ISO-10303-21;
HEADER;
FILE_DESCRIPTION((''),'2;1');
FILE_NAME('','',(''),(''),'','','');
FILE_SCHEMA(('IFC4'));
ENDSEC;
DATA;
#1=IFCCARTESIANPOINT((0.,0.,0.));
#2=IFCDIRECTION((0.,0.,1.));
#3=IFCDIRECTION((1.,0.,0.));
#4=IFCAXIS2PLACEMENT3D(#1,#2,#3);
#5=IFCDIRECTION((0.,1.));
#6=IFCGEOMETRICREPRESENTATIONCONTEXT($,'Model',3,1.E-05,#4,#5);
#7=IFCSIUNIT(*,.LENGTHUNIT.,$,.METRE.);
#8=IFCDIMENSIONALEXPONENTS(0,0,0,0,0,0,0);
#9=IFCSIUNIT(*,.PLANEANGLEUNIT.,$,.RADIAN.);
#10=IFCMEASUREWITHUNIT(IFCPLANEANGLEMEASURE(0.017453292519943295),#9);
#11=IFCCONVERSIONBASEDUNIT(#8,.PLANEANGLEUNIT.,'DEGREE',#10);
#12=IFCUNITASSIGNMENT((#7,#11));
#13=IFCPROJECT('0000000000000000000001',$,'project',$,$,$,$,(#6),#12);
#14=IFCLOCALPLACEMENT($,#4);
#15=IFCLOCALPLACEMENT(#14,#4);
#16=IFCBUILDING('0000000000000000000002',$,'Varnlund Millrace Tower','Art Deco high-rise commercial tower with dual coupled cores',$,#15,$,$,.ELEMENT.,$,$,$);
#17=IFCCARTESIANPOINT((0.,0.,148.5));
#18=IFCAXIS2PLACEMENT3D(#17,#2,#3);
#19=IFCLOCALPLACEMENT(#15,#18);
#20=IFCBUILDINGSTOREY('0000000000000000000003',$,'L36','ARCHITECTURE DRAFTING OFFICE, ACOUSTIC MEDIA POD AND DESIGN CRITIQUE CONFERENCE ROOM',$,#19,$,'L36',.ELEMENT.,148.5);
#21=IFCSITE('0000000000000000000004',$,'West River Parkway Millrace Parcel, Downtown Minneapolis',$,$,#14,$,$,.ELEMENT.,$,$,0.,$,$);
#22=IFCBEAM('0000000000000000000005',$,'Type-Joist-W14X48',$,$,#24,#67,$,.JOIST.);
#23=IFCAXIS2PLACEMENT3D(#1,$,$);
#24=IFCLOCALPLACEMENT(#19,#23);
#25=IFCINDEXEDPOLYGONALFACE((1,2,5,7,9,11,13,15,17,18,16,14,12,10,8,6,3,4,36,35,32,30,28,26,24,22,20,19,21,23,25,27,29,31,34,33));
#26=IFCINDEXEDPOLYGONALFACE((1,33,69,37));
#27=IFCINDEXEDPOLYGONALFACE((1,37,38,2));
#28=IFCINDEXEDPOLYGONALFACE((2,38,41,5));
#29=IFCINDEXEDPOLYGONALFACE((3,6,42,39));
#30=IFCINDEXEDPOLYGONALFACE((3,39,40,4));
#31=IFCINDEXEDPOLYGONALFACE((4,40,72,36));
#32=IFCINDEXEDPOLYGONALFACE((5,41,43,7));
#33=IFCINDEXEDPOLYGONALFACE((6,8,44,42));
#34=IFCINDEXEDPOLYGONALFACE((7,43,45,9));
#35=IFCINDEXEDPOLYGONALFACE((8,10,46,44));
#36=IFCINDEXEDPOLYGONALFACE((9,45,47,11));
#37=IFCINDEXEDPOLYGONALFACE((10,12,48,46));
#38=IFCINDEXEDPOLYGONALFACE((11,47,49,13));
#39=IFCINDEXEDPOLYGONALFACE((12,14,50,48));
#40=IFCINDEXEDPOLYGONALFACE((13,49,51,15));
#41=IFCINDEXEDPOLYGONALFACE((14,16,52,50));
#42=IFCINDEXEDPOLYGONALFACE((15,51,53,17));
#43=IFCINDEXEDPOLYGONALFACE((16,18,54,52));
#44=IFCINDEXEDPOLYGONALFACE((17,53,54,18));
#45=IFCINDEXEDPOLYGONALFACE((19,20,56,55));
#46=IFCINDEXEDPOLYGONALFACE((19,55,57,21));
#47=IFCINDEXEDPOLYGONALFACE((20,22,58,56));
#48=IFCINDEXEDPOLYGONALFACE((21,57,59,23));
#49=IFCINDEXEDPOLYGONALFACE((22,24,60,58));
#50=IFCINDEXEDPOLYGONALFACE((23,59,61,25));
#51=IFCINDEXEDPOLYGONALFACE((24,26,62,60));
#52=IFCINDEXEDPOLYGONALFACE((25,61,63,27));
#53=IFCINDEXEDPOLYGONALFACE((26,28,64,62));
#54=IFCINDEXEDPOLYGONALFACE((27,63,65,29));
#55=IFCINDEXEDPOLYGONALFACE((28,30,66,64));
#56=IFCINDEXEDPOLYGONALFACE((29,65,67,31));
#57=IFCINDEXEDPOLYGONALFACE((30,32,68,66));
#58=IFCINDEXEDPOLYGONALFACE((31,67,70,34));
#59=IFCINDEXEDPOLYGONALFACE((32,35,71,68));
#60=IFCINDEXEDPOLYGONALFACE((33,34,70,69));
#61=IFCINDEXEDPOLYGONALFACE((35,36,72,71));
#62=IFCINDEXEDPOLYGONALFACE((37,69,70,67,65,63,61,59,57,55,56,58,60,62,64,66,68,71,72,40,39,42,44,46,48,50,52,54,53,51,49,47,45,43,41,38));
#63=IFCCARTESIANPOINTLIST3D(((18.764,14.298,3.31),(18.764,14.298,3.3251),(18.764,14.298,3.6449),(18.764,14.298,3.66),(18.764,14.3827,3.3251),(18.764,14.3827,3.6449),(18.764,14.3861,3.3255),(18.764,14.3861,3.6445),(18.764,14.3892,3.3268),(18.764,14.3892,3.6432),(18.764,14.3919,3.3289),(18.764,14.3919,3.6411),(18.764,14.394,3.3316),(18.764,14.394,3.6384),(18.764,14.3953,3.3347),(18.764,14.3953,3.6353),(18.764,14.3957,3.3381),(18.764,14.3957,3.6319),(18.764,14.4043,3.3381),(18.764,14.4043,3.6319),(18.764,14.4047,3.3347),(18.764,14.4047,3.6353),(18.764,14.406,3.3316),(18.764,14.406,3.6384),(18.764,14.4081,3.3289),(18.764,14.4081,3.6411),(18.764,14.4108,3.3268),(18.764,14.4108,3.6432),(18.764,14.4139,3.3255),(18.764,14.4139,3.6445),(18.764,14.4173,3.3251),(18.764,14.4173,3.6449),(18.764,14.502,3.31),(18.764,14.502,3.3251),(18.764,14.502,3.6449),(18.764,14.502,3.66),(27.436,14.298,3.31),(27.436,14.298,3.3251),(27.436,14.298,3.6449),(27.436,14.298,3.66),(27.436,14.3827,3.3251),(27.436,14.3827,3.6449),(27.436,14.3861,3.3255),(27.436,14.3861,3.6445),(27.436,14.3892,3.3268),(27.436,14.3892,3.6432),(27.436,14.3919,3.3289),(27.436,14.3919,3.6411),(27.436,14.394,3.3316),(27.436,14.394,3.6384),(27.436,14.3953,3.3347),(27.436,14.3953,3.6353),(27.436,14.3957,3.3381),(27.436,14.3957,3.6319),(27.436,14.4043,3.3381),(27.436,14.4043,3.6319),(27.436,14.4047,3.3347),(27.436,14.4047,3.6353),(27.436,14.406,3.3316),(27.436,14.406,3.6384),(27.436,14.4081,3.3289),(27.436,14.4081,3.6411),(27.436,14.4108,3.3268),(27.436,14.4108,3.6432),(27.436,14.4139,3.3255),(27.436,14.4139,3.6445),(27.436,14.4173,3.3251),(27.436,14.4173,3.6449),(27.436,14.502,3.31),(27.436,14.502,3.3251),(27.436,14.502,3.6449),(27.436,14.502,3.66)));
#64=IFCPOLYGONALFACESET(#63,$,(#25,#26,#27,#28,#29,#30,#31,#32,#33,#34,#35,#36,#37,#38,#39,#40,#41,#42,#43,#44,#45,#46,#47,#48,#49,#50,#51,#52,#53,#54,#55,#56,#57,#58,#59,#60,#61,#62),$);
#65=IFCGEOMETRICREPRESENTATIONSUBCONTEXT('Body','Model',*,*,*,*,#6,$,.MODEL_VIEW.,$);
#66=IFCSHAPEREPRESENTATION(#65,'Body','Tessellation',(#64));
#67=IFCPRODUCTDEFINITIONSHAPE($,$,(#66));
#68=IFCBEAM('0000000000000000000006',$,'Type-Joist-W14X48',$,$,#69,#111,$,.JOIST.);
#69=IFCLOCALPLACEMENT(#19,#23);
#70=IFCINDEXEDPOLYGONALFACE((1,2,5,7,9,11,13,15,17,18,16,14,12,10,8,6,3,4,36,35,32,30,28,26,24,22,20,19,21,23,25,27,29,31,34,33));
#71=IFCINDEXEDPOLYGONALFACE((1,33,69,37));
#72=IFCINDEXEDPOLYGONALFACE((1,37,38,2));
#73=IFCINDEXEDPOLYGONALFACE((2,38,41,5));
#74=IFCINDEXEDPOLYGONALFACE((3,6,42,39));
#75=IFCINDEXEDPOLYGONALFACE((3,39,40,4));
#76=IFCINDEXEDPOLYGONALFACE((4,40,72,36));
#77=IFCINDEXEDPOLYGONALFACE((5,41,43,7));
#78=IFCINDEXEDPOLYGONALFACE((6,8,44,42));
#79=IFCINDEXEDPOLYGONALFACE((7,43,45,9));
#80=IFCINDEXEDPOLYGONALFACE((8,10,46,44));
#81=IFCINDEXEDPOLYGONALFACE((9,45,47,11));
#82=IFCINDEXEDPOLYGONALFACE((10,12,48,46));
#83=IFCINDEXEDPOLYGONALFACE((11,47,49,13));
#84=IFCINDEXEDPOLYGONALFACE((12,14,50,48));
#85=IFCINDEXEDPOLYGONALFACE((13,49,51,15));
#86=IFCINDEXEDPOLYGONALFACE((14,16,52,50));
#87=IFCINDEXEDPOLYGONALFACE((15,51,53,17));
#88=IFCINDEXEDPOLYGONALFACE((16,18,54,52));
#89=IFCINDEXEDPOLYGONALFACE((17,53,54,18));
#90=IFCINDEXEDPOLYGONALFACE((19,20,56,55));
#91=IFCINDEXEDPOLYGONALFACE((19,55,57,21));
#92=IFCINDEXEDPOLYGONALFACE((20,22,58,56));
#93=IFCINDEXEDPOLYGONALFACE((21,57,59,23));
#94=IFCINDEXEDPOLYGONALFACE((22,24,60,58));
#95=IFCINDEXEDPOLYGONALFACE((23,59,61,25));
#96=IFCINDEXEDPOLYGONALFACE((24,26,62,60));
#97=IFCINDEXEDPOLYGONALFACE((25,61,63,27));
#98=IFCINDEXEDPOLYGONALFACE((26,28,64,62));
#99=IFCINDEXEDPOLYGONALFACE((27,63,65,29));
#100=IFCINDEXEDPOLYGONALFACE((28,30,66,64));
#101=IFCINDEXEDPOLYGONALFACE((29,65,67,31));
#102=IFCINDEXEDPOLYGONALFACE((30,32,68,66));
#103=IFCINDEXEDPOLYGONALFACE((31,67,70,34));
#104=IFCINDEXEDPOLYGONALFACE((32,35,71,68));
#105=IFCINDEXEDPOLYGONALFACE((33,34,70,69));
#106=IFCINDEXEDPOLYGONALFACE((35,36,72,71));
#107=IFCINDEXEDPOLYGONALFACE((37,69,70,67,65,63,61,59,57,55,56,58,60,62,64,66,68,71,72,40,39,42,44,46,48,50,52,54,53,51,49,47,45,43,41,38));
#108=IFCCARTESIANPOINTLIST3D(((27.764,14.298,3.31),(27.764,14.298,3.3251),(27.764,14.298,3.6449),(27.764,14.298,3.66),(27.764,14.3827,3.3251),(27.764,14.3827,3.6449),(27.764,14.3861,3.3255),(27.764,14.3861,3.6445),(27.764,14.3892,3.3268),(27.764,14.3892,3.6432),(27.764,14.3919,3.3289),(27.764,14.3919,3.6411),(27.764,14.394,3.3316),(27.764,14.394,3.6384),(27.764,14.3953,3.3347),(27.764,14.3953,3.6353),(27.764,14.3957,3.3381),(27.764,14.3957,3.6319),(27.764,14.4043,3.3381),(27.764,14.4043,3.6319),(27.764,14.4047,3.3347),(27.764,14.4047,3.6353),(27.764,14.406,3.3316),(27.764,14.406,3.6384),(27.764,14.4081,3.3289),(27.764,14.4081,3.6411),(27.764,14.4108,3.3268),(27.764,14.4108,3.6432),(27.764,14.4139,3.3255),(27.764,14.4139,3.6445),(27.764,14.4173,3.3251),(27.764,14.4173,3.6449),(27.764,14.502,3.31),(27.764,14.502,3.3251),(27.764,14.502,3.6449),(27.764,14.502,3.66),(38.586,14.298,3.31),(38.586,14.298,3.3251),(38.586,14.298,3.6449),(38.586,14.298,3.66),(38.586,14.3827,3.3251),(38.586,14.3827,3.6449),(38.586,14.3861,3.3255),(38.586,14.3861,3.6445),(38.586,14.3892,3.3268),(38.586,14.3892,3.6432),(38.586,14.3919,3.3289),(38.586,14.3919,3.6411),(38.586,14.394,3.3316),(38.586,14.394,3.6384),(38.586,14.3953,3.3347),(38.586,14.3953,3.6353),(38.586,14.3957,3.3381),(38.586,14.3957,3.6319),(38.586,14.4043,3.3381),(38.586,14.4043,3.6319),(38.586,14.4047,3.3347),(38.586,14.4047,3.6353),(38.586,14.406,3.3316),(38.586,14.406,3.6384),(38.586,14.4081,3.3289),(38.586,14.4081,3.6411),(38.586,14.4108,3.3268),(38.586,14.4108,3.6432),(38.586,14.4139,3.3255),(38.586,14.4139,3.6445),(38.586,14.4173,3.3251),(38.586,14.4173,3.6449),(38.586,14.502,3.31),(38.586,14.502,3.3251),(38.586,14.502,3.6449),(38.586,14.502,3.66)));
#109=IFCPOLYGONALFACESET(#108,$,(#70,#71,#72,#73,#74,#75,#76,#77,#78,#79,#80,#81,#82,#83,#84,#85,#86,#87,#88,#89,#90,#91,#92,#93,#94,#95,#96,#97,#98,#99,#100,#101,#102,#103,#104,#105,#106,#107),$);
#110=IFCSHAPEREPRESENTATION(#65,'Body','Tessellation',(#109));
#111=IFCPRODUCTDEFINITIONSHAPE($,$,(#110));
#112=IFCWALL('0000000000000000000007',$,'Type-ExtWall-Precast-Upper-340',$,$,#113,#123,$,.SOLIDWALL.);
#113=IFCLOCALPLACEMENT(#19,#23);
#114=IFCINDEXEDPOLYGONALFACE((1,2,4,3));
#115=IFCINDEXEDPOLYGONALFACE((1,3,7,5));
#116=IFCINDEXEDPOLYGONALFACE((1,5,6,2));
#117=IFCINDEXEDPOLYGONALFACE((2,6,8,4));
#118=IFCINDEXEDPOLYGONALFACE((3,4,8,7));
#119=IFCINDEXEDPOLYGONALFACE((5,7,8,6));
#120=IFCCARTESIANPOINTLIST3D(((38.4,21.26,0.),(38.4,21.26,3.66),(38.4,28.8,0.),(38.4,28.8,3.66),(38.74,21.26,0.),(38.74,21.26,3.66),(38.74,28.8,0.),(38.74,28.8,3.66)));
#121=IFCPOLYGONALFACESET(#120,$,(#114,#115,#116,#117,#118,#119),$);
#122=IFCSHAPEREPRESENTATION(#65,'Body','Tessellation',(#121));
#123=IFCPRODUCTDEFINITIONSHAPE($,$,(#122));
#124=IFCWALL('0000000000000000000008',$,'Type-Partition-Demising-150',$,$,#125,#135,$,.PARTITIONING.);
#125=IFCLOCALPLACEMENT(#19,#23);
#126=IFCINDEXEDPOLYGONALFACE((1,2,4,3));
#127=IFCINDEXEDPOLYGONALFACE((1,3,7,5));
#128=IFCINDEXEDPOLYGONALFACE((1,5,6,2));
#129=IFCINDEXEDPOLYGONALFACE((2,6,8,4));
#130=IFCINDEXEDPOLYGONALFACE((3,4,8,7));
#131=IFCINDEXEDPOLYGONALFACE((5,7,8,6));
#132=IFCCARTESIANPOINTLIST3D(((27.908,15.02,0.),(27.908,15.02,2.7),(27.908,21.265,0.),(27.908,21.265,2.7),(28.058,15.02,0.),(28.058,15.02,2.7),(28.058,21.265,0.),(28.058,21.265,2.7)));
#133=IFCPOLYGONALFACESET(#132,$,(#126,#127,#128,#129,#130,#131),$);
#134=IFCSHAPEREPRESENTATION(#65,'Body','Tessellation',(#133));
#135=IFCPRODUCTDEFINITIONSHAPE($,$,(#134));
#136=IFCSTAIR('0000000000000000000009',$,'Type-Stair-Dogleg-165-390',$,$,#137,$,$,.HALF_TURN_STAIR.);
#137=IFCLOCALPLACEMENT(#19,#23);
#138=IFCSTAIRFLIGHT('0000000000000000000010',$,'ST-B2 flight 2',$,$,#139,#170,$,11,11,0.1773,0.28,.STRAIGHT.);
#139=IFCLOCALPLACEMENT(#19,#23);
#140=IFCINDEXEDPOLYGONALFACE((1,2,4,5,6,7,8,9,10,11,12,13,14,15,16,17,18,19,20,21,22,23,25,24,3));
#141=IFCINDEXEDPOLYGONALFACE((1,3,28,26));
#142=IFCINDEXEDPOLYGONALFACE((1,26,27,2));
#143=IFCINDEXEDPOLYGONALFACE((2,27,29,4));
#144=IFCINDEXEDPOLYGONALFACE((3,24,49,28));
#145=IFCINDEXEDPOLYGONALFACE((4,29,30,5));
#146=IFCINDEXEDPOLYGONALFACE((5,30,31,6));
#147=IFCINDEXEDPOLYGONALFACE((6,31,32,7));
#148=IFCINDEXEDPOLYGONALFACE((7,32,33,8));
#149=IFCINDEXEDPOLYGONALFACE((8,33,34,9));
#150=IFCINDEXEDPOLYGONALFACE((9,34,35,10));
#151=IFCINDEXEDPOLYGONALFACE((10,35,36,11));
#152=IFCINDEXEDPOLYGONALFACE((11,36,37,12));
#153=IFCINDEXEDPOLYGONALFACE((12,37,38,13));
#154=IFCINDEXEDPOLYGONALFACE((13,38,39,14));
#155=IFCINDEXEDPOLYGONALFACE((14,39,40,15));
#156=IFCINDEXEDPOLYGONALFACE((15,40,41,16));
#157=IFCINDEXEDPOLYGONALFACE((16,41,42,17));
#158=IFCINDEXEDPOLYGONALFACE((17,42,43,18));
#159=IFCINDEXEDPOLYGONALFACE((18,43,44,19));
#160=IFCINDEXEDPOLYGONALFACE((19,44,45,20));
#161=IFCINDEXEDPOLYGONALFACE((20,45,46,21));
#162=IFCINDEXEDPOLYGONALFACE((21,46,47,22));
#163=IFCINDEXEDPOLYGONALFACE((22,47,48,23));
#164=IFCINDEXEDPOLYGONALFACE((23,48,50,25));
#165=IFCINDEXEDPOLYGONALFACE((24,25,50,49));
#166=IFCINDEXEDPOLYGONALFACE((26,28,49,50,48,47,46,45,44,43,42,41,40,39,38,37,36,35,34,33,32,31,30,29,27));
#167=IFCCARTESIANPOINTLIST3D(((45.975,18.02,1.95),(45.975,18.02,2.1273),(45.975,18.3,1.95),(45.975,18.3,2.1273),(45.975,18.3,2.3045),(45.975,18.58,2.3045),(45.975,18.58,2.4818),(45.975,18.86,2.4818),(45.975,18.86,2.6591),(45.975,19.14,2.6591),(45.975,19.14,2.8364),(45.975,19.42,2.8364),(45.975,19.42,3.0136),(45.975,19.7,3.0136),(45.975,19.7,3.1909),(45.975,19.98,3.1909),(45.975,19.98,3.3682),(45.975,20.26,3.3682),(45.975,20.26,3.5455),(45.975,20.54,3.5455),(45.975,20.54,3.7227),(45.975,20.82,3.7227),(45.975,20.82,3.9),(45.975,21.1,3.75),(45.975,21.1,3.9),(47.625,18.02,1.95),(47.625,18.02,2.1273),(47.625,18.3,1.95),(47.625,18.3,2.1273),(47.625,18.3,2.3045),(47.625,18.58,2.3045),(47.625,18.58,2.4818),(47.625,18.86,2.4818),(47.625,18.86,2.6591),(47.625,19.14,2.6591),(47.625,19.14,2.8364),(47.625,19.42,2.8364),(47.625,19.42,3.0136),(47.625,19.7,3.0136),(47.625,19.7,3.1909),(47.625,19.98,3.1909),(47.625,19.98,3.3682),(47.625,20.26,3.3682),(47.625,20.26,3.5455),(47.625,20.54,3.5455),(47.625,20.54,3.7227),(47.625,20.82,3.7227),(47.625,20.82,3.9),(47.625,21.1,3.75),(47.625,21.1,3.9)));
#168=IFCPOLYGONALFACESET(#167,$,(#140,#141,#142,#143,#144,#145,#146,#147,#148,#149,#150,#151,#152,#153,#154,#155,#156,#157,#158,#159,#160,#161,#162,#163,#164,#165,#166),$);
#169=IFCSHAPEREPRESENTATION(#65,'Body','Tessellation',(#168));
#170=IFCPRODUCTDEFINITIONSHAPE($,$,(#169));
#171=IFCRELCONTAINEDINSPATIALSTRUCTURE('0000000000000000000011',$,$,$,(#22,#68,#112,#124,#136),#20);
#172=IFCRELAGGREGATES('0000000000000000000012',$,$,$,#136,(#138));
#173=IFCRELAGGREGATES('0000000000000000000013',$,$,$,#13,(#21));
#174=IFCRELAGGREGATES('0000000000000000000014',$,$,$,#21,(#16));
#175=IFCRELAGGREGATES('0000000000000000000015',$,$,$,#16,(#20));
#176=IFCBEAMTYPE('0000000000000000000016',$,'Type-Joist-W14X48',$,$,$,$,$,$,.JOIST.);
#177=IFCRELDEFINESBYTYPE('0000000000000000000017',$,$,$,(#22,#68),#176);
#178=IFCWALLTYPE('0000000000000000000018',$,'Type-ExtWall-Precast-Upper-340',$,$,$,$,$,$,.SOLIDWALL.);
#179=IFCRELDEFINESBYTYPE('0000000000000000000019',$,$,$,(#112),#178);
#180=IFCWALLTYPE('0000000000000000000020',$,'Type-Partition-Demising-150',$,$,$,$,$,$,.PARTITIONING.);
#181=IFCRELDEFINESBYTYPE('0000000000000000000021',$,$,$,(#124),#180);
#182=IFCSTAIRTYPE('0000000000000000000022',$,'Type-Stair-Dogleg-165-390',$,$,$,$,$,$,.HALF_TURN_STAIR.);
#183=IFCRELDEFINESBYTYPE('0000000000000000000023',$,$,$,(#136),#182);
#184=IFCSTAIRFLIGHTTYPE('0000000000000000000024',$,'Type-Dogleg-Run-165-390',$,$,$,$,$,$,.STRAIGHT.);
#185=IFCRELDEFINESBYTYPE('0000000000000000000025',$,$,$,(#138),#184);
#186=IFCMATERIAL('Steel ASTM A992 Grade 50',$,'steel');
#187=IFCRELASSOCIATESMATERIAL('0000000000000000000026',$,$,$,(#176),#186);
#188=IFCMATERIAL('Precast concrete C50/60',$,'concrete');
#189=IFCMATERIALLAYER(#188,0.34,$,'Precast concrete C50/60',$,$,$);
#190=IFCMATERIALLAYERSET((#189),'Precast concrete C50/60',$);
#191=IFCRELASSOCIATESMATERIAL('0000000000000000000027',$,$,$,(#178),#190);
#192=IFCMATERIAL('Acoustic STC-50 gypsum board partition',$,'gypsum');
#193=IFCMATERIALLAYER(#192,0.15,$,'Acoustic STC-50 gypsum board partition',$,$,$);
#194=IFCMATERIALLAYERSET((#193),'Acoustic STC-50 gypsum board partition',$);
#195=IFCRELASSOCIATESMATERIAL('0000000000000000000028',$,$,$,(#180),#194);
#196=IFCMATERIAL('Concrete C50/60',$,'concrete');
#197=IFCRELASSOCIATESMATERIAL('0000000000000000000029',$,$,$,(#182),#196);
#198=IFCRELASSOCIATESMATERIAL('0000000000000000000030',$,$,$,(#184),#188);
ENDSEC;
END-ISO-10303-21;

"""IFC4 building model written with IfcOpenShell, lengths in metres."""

from ifc_helpers import new_model, entity, si_unit, converted_unit, direction, frame, origin_with_axes, origin_2d_with_axis, place, context, subcontext, project, spatial, polyline, i_section, outline, extrude, material, layer, layer_set, material_profile, profile_set, type_object, element, aggregate, save


model = new_model("IFC4")

# Units and contexts
model_context = context("Model", 3, precision=1e-05, world=origin_with_axes(), true_north=direction((0.0, 1.0)))
body_context = subcontext(model_context, "Body", "Model", "MODEL_VIEW")
ifc_project = project(units=[si_unit("LENGTHUNIT", "METRE"), converted_unit("PLANEANGLEUNIT", "DEGREE", entity("IfcPlaneAngleMeasure", 0.017453292519943295), si_unit("PLANEANGLEUNIT", "RADIAN"), dimensions=[0, 0, 0, 0, 0, 0, 0])], contexts=[model_context])

# Site, building, storey
site_placement = place(None, origin_with_axes())
site = spatial("IfcSite", under=ifc_project, at=site_placement, Name="West River Parkway Millrace Parcel, Downtown Minneapolis", CompositionType="ELEMENT", RefElevation=0.0)
building_placement = place(site_placement, origin_with_axes())
building = spatial("IfcBuilding", under=site, at=building_placement, Name="Varnlund Millrace Tower", Description="Art Deco high-rise commercial tower with dual coupled cores", CompositionType="ELEMENT")
storey_placement = place(building_placement, frame((0.0, 0.0, 148.5), z_axis=(0.0, 0.0, 1.0), x_axis=(1.0, 0.0, 0.0)))
storey = spatial("IfcBuildingStorey", under=building, at=storey_placement, Name="L36", Description="ARCHITECTURE DRAFTING OFFICE, ACOUSTIC MEDIA POD AND DESIGN CRITIQUE CONFERENCE ROOM", LongName="L36", CompositionType="ELEMENT", Elevation=148.5)

# Beams
ifc_material_1 = material(Name="Steel ASTM A992 Grade 50", Category="steel")
ifc_material_profile_1 = material_profile(ifc_material_1, i_section(OverallWidth=0.204, OverallDepth=0.35, WebThickness=0.0086, FlangeThickness=0.0151, FilletRadius=0.013, at=origin_2d_with_axis()), Name="Steel ASTM A992 Grade 50")
ifc_profile_set_1 = profile_set([ifc_material_profile_1], Name="Steel ASTM A992 Grade 50")
beam_type_1 = type_object("IfcBeamType", Name="Type-Joist-W14X48", PredefinedType="JOIST", material=ifc_profile_set_1)
beam_1_placement = place(storey_placement, frame((18.764, 14.4, 3.485), z_axis=(1.0, 0.0, 0.0), x_axis=(0.0, 1.0, 0.0)))
element("IfcBeam", 1, at=beam_1_placement, inside=storey, type_object=beam_type_1, Name="Type-Joist-W14X48", PredefinedType="JOIST", context=body_context, shape_type="SweptSolid", body=[
    extrude(i_section(OverallWidth=0.204, OverallDepth=0.35, WebThickness=0.0086, FlangeThickness=0.0151, FilletRadius=0.013, at=origin_2d_with_axis()), origin_with_axes(), (0.0, 0.0, 1.0), 8.672),
])
beam_2_placement = place(storey_placement, frame((27.764, 14.4, 3.485), z_axis=(1.0, 0.0, 0.0), x_axis=(0.0, 1.0, 0.0)))
element("IfcBeam", 2, at=beam_2_placement, inside=storey, type_object=beam_type_1, Name="Type-Joist-W14X48", PredefinedType="JOIST", context=body_context, shape_type="SweptSolid", body=[
    extrude(i_section(OverallWidth=0.204, OverallDepth=0.35, WebThickness=0.0086, FlangeThickness=0.0151, FilletRadius=0.013, at=origin_2d_with_axis()), origin_with_axes(), (0.0, 0.0, 1.0), 10.822),
])

# Walls
ifc_material_2 = material(Name="Precast concrete C50/60", Category="concrete")
ifc_layer_1 = layer(ifc_material_2, 0.34, Name="Precast concrete C50/60")
ifc_layer_set_1 = layer_set([ifc_layer_1], Name="Precast concrete C50/60")
wall_type_1 = type_object("IfcWallType", Name="Type-ExtWall-Precast-Upper-340", PredefinedType="SOLIDWALL", material=ifc_layer_set_1)
wall_1_placement = place(storey_placement, frame((38.57, 21.26, 0.0), z_axis=(0.0, 0.0, 1.0), x_axis=(0.0, 1.0, 0.0)))
element("IfcWall", 3, at=wall_1_placement, inside=storey, type_object=wall_type_1, Name="Type-ExtWall-Precast-Upper-340", PredefinedType="SOLIDWALL", context=body_context, shape_type="SweptSolid", body=[
    extrude(outline(polyline([(0.0, -0.17), (7.54, -0.17), (7.54, 0.17), (0.0, 0.17), (0.0, -0.17)])), origin_with_axes(), (0.0, 0.0, 1.0), 3.66),
])
ifc_material_3 = material(Name="Acoustic STC-50 gypsum board partition", Category="gypsum")
ifc_layer_2 = layer(ifc_material_3, 0.15, Name="Acoustic STC-50 gypsum board partition")
ifc_layer_set_2 = layer_set([ifc_layer_2], Name="Acoustic STC-50 gypsum board partition")
wall_type_2 = type_object("IfcWallType", Name="Type-Partition-Demising-150", PredefinedType="PARTITIONING", material=ifc_layer_set_2)
wall_2_placement = place(storey_placement, frame((27.983, 15.02, 0.0), z_axis=(0.0, 0.0, 1.0), x_axis=(0.0, 1.0, 0.0)))
element("IfcWall", 4, at=wall_2_placement, inside=storey, type_object=wall_type_2, Name="Type-Partition-Demising-150", PredefinedType="PARTITIONING", context=body_context, shape_type="SweptSolid", body=[
    extrude(outline(polyline([(0.0, -0.075), (6.245, -0.075), (6.245, 0.075), (0.0, 0.075), (0.0, -0.075)])), origin_with_axes(), (0.0, 0.0, 1.0), 2.7),
])

# Stair, stair flight
ifc_material_4 = material(Name="Concrete C50/60", Category="concrete")
stair_type = type_object("IfcStairType", Name="Type-Stair-Dogleg-165-390", PredefinedType="HALF_TURN_STAIR", material=ifc_material_4)
stair_placement = place(storey_placement, origin_with_axes())
stair = element("IfcStair", 5, at=stair_placement, inside=storey, type_object=stair_type, Name="Type-Stair-Dogleg-165-390", PredefinedType="HALF_TURN_STAIR")
stair_flight_type = type_object("IfcStairFlightType", Name="Type-Dogleg-Run-165-390", PredefinedType="STRAIGHT", material=ifc_material_2)
stair_flight_placement = place(storey_placement, frame((45.975, 18.02, 1.95), z_axis=(1.0, 0.0, 0.0), x_axis=(0.0, 1.0, 0.0)))
stair_flight = element("IfcStairFlight", 6, at=stair_flight_placement, type_object=stair_flight_type, Name="ST-B2 flight 2", NumberOfRisers=11, NumberOfTreads=11, PredefinedType="STRAIGHT", RiserHeight=0.1773, TreadLength=0.28, context=body_context, shape_type="SweptSolid", body=[
    extrude(outline(polyline([(0.0, 0.0), (0.0, 0.1773), (0.28, 0.1773), (0.28, 0.3545), (0.56, 0.3545), (0.56, 0.5318), (0.84, 0.5318), (0.84, 0.7091), (1.12, 0.7091), (1.12, 0.8864), (1.4, 0.8864), (1.4, 1.0636), (1.68, 1.0636), (1.68, 1.2409), (1.96, 1.2409), (1.96, 1.4182), (2.24, 1.4182), (2.24, 1.5955), (2.52, 1.5955), (2.52, 1.7727), (2.8, 1.7727), (2.8, 1.95), (3.08, 1.95), (3.08, 1.8), (0.28, 0.0), (0.0, 0.0)])), origin_with_axes(), (0.0, 0.0, 1.0), 1.65),
])
aggregate(stair, [stair_flight])

save(model, "model.ifc")
